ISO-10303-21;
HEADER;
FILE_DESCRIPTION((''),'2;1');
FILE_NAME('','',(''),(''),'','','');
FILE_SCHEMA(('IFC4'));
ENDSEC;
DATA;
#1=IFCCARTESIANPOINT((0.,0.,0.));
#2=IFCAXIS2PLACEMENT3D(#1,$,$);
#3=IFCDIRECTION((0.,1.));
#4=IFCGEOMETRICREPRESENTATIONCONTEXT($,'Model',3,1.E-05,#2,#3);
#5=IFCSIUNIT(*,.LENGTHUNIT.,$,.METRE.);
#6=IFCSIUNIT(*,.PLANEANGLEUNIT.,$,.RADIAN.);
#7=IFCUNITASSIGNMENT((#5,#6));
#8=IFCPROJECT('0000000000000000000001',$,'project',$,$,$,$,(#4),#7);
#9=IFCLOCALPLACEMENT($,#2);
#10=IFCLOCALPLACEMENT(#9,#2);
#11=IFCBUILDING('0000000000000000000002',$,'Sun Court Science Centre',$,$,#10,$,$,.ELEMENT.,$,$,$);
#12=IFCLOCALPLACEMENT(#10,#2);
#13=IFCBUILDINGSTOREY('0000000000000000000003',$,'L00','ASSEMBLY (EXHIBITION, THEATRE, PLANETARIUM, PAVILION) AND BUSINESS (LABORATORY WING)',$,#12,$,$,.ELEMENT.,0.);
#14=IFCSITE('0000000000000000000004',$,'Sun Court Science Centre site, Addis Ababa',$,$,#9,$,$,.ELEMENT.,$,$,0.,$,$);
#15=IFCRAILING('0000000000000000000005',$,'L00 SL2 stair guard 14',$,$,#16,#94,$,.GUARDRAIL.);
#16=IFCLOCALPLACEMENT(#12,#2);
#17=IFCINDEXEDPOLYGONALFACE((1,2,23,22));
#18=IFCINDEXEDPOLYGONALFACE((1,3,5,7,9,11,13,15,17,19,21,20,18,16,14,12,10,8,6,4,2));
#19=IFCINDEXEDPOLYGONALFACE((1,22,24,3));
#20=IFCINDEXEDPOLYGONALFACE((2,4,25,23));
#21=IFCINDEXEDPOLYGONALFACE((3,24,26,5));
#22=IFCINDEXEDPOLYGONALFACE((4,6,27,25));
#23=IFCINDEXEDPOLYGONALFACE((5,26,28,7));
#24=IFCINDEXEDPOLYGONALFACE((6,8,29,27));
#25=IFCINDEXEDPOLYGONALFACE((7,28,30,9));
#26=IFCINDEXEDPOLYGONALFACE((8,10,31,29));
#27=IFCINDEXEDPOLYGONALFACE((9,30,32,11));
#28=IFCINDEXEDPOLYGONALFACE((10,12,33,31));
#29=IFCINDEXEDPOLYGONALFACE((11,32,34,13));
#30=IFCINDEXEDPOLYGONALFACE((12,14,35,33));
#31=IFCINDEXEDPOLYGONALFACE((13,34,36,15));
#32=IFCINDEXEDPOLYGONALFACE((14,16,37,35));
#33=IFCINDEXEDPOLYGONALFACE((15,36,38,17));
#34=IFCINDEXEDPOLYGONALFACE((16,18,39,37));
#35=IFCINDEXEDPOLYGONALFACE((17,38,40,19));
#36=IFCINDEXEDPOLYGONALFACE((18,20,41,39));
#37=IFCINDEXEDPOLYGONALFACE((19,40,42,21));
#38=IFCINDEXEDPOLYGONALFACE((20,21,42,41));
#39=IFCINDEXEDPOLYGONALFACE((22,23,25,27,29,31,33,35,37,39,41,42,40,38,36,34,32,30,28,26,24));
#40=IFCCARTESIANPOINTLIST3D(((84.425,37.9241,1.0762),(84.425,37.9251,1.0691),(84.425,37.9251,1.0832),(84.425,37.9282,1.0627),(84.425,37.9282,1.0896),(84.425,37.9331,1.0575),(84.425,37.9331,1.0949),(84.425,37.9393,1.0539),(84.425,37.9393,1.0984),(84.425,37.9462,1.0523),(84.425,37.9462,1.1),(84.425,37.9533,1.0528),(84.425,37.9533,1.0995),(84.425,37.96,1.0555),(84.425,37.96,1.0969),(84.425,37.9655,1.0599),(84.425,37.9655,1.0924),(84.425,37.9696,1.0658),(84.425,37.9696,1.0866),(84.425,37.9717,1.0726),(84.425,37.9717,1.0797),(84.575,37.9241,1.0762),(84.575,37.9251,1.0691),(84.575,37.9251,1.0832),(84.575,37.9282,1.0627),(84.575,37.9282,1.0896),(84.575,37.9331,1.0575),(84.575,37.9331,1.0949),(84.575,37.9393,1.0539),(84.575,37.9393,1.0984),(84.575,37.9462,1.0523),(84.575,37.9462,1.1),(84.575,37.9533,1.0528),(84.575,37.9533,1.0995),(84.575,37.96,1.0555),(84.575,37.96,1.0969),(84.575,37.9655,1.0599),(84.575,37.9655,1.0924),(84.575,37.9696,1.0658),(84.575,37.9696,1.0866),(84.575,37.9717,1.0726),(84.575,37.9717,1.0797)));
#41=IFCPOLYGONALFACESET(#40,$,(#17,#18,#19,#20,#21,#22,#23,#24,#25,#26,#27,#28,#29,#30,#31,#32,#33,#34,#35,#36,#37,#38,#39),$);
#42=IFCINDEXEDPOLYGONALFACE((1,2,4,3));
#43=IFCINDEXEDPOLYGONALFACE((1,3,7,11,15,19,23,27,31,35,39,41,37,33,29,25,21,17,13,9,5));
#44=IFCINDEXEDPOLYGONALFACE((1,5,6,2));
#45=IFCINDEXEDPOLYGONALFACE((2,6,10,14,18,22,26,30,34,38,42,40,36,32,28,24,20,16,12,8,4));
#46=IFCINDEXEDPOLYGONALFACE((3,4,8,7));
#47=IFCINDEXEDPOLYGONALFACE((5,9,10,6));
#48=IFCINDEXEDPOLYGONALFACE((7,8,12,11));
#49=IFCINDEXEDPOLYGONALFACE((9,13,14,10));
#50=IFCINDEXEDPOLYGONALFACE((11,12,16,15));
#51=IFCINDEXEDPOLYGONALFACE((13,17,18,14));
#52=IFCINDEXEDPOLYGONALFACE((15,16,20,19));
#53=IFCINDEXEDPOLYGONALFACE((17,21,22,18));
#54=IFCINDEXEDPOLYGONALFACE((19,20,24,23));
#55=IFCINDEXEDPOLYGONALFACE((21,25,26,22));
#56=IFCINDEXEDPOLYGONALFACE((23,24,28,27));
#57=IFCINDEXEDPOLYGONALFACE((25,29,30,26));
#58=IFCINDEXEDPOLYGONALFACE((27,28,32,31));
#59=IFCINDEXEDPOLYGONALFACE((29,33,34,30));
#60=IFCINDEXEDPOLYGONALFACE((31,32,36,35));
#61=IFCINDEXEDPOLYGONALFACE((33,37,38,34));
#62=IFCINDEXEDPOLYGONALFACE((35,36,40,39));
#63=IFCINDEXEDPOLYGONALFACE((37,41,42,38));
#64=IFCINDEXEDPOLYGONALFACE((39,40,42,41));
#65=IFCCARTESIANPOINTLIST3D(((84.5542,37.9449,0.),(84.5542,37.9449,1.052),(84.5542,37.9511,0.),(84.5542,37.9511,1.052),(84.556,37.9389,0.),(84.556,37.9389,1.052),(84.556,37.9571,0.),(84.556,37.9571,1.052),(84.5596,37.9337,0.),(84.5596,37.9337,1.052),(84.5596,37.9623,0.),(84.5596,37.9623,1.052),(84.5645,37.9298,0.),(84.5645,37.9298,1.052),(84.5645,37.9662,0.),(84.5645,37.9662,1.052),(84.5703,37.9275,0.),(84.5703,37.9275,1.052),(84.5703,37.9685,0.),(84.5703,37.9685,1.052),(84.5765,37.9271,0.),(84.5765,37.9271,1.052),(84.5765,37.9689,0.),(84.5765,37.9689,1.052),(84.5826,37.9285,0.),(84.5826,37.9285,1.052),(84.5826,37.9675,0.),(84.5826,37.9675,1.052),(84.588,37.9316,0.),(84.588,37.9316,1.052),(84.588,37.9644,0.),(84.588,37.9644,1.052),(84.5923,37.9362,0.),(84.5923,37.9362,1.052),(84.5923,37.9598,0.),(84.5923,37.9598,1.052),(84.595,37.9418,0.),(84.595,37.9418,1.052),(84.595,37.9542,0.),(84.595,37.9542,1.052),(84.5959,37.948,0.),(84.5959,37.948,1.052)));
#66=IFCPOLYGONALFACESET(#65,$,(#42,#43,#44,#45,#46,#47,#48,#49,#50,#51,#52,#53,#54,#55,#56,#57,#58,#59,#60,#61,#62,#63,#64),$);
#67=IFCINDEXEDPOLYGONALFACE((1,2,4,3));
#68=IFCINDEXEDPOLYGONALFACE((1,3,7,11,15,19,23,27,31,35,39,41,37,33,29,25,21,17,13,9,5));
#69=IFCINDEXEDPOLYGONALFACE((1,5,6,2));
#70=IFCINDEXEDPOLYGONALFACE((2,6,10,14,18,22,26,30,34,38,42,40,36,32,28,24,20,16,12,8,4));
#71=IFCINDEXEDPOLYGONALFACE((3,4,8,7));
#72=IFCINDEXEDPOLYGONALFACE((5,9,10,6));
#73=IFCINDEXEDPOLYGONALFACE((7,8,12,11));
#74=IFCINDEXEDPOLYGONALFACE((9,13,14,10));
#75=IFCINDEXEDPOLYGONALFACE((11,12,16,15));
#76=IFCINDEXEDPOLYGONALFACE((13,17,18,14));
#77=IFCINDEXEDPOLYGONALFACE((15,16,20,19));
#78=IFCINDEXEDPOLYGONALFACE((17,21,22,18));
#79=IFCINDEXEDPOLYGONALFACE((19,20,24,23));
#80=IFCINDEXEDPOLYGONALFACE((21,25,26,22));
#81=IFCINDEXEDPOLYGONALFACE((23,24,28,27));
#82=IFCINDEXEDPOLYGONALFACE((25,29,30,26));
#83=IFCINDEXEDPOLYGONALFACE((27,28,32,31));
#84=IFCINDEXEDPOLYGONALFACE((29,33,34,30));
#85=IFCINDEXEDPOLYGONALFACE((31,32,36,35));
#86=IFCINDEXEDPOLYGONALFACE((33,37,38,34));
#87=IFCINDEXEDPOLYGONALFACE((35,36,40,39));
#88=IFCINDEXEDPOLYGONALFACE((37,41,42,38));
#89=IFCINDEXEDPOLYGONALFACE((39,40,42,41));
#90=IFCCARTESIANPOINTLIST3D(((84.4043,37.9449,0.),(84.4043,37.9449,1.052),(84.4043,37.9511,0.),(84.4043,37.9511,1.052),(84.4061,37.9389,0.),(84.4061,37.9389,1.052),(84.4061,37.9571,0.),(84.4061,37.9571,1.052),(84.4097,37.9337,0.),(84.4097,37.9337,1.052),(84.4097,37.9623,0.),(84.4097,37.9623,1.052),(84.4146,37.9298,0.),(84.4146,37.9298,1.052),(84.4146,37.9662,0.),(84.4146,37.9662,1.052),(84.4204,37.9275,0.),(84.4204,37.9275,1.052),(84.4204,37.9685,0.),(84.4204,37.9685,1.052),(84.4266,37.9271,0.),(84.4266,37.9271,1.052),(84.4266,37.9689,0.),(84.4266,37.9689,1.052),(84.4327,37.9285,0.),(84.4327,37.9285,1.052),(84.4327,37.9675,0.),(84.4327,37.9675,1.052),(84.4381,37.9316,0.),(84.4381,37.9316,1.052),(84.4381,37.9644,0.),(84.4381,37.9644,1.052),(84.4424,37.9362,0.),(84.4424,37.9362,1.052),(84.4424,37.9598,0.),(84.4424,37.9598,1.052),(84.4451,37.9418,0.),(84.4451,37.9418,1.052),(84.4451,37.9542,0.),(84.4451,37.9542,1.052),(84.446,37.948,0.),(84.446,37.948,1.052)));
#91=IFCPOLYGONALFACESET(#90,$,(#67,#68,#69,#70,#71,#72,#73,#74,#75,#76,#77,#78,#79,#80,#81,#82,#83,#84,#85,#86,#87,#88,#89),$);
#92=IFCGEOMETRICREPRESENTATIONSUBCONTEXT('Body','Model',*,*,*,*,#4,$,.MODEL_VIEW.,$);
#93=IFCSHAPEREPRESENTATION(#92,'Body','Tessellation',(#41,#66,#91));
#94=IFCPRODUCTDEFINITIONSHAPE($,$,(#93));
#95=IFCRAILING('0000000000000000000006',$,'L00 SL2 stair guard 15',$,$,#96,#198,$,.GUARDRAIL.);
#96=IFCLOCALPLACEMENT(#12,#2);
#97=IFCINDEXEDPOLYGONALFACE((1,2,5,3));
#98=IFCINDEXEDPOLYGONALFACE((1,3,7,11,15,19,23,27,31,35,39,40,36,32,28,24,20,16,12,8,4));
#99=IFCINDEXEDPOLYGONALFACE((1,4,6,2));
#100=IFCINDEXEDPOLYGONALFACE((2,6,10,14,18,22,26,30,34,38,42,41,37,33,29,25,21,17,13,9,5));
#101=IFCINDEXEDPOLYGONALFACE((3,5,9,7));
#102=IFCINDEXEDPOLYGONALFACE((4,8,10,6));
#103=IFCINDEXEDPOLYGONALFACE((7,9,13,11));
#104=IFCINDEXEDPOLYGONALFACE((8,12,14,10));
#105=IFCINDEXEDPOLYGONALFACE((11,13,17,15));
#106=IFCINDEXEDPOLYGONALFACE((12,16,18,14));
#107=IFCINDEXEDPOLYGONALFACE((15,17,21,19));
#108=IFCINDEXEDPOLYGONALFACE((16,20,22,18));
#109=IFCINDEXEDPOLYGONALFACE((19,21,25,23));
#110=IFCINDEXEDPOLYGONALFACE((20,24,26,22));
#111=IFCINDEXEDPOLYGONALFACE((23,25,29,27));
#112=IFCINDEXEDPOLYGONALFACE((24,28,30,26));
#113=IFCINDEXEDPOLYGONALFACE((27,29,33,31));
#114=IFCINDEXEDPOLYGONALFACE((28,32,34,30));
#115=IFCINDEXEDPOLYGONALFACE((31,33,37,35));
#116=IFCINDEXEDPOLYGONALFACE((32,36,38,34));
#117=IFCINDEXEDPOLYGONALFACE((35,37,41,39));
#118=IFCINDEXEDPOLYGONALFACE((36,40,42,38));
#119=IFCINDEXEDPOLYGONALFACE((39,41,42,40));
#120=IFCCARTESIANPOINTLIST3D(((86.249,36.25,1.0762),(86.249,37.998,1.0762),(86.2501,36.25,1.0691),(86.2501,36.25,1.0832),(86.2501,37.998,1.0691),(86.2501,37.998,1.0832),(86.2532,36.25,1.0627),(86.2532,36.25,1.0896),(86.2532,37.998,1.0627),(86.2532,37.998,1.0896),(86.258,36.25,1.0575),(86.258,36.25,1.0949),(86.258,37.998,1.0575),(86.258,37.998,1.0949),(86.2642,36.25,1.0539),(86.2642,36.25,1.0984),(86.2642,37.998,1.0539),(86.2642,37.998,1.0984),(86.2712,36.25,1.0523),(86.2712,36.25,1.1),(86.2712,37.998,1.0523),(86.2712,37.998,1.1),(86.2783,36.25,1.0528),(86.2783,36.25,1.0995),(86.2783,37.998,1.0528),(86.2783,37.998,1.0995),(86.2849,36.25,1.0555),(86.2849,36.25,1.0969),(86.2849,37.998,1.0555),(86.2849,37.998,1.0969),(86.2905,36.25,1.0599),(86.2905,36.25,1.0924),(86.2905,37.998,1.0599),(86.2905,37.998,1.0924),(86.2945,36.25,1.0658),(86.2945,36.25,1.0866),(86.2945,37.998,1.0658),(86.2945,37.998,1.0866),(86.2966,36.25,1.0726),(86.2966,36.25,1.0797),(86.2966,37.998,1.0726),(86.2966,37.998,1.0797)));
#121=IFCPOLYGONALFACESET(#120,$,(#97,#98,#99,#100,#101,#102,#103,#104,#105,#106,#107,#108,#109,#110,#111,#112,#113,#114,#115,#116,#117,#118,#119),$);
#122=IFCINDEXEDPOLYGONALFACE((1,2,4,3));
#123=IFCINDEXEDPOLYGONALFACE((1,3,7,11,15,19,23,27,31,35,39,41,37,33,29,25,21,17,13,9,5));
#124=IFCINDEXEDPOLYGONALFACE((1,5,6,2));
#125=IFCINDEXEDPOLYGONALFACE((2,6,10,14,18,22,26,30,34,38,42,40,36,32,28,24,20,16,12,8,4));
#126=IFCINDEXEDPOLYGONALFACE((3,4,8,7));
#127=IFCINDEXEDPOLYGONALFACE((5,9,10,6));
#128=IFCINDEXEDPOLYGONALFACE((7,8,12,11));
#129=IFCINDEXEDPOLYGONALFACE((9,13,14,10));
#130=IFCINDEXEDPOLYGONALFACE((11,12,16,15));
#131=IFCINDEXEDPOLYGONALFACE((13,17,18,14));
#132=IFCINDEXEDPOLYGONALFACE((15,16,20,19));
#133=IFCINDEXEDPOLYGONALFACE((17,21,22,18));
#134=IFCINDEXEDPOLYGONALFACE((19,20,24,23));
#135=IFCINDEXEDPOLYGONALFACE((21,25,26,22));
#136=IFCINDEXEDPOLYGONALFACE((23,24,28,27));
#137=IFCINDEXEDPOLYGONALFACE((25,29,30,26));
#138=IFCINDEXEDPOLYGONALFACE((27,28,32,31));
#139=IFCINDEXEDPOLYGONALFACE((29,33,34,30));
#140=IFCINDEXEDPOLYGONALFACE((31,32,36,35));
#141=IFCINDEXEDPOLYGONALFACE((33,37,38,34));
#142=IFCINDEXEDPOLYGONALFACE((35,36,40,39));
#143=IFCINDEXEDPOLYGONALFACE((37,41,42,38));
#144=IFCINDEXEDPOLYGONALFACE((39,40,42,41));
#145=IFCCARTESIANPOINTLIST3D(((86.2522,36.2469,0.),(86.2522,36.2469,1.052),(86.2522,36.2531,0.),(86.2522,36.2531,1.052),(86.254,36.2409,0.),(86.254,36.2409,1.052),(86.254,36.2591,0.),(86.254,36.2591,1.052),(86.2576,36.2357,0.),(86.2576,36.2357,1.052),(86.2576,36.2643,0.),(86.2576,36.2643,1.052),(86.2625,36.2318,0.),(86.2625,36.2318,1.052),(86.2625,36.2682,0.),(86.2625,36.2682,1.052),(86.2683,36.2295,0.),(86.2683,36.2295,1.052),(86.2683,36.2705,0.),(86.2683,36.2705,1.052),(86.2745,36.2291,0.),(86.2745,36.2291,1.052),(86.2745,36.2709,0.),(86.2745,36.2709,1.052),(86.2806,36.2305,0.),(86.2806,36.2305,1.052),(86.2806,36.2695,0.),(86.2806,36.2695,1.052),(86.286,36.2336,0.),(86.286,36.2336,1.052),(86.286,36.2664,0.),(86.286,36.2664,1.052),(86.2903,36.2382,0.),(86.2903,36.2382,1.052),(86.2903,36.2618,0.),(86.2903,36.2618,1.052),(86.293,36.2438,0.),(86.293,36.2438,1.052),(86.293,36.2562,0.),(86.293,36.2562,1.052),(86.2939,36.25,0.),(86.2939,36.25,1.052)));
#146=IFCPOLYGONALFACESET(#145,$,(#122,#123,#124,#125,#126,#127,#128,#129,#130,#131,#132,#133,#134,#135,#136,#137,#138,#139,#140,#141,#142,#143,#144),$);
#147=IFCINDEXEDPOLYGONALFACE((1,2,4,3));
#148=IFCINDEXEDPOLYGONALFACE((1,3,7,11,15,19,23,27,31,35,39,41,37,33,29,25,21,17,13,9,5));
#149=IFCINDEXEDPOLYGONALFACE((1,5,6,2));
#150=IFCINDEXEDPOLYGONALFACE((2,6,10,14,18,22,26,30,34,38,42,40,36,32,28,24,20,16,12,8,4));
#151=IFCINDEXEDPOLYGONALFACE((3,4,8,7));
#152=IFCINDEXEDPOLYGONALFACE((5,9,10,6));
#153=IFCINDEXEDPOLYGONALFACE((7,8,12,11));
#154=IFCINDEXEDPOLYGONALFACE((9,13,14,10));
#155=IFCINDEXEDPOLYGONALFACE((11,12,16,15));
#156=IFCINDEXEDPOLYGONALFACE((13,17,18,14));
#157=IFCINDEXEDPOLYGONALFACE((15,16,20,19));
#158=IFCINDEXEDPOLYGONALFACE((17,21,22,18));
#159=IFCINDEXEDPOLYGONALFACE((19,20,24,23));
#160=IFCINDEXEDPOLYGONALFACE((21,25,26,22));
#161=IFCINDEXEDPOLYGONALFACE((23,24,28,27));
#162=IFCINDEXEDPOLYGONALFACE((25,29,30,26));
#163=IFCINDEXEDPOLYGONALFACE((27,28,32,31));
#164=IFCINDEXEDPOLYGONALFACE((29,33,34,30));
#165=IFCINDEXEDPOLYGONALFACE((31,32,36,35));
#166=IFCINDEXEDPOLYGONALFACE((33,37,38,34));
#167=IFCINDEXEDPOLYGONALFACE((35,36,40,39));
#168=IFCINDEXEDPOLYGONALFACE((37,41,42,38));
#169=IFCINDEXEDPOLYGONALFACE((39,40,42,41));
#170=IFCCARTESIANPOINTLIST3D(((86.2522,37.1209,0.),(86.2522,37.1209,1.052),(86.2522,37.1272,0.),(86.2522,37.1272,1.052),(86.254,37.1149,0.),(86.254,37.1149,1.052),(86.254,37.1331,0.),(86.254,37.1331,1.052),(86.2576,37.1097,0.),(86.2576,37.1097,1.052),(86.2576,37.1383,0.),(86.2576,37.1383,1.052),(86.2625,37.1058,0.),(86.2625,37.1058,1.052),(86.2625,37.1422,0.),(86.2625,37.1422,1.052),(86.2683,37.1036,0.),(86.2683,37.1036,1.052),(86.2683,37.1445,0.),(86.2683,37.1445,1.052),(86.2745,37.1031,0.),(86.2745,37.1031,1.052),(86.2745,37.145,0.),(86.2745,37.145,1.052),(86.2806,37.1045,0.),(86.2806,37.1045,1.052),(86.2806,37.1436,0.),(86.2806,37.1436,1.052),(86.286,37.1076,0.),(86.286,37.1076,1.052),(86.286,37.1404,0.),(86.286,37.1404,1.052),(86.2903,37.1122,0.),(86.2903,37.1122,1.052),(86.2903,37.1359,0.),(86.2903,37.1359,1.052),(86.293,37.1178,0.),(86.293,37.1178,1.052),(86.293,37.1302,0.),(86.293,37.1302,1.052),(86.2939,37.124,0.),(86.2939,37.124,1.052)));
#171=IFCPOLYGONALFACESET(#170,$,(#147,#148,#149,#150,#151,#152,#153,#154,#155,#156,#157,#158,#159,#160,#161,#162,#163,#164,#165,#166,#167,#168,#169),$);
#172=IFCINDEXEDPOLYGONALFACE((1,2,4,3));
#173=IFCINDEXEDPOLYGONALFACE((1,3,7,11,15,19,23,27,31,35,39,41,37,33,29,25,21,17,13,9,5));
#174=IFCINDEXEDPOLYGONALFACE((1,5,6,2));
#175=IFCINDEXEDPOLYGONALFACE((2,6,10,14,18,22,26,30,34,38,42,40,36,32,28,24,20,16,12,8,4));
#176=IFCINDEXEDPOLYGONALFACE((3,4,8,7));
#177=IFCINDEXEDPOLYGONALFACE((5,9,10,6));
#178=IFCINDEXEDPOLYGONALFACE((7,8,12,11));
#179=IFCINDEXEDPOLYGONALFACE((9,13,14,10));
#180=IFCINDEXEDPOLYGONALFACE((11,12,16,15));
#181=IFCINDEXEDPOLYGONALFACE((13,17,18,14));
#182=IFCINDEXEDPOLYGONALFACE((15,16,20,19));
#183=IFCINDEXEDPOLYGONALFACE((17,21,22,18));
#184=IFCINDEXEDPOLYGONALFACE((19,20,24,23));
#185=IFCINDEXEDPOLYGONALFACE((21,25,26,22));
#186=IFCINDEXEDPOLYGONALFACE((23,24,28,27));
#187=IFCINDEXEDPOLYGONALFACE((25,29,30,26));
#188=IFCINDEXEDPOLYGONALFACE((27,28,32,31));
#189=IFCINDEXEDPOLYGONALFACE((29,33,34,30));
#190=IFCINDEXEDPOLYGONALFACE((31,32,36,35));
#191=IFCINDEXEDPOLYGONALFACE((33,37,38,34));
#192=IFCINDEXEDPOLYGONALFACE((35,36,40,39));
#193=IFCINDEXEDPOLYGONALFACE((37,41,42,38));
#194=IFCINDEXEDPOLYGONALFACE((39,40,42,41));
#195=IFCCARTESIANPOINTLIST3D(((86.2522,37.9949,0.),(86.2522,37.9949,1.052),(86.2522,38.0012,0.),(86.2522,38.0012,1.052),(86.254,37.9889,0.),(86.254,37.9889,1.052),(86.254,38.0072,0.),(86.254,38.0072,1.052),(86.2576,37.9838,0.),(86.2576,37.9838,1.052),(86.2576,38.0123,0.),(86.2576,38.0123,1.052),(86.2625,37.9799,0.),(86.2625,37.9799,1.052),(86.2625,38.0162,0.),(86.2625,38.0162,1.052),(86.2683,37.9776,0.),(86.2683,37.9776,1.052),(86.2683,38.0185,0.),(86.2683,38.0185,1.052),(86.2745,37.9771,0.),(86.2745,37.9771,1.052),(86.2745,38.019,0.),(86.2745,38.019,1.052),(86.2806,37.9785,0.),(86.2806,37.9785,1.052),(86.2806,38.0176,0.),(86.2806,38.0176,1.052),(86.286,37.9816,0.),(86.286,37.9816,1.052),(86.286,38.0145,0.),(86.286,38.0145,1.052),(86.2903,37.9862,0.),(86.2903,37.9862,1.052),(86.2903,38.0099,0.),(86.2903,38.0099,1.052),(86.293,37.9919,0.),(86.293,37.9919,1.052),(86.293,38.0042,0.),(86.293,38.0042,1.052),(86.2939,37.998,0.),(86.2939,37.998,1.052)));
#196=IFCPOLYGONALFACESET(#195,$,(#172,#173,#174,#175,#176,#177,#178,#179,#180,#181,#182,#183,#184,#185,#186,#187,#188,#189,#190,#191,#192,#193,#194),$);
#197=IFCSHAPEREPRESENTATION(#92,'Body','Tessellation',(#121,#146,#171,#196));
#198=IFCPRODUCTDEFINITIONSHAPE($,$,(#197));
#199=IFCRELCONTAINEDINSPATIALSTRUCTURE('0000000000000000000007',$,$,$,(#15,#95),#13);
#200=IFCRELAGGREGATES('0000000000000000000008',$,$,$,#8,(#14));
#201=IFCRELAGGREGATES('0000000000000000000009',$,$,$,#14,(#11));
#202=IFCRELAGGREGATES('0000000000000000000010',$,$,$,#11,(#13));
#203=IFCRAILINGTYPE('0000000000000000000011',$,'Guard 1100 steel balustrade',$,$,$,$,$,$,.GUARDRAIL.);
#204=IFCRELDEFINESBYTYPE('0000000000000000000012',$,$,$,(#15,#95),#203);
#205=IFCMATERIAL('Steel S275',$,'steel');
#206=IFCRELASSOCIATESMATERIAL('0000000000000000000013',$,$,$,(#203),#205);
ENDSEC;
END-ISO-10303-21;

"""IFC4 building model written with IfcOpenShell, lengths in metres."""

from ifc_helpers import new_model, si_unit, direction, frame, origin, origin_2d, place, context, subcontext, project, spatial, circle, extrude, material, type_object, element, save


model = new_model("IFC4")

# Units and contexts
model_context = context("Model", 3, precision=1e-05, world=origin(), true_north=direction((0.0, 1.0)))
body_context = subcontext(model_context, "Body", "Model", "MODEL_VIEW")
ifc_project = project(units=[si_unit("LENGTHUNIT", "METRE"), si_unit("PLANEANGLEUNIT", "RADIAN")], contexts=[model_context])

# Site, building, storey
site_placement = place(None, origin())
site = spatial("IfcSite", under=ifc_project, at=site_placement, Name="Sun Court Science Centre site, Addis Ababa", CompositionType="ELEMENT", RefElevation=0.0)
building_placement = place(site_placement, origin())
building = spatial("IfcBuilding", under=site, at=building_placement, Name="Sun Court Science Centre", CompositionType="ELEMENT")
storey_placement = place(building_placement, origin())
storey = spatial("IfcBuildingStorey", under=building, at=storey_placement, Name="L00", Description="ASSEMBLY (EXHIBITION, THEATRE, PLANETARIUM, PAVILION) AND BUSINESS (LABORATORY WING)", CompositionType="ELEMENT", Elevation=0.0)

# Railings
ifc_material_1 = material(Name="Steel S275", Category="steel")
railing_type_1 = type_object("IfcRailingType", Name="Guard 1100 steel balustrade", PredefinedType="GUARDRAIL", material=ifc_material_1)
railing_1_placement = place(storey_placement, frame((84.575, 37.948, 0.0)))
element("IfcRailing", 1, at=railing_1_placement, inside=storey, type_object=railing_type_1, Name="L00 SL2 stair guard 14", PredefinedType="GUARDRAIL", context=body_context, shape_type="SweptSolid", body=[
    extrude(circle(Radius=0.0239, at=origin_2d()), frame((0.0, 0.0, 1.0762), z_axis=(-1.0, 0.0, 0.0), x_axis=(0.0, -1.0, 0.0)), (0.0, 0.0, 1.0), 0.1499),
    extrude(circle(Radius=0.021, at=origin_2d()), origin(), (0.0, 0.0, 1.0), 1.052),
    extrude(circle(Radius=0.021, at=origin_2d()), frame((-0.1499, 0.0, 0.0)), (0.0, 0.0, 1.0), 1.052),
])
railing_2_placement = place(storey_placement, frame((86.2729, 36.25, 0.0)))
element("IfcRailing", 2, at=railing_2_placement, inside=storey, type_object=railing_type_1, Name="L00 SL2 stair guard 15", PredefinedType="GUARDRAIL", context=body_context, shape_type="SweptSolid", body=[
    extrude(circle(Radius=0.0239, at=origin_2d()), frame((0.0, 0.0, 1.0762), z_axis=(0.0, 1.0, 0.0), x_axis=(-1.0, 0.0, 0.0)), (0.0, 0.0, 1.0), 1.748),
    extrude(circle(Radius=0.021, at=origin_2d()), origin(), (0.0, 0.0, 1.0), 1.052),
    extrude(circle(Radius=0.021, at=origin_2d()), frame((0.0, 0.874, 0.0)), (0.0, 0.0, 1.0), 1.052),
    extrude(circle(Radius=0.021, at=origin_2d()), frame((0.0, 1.748, 0.0)), (0.0, 0.0, 1.0), 1.052),
])

save(model, "model.ifc")
